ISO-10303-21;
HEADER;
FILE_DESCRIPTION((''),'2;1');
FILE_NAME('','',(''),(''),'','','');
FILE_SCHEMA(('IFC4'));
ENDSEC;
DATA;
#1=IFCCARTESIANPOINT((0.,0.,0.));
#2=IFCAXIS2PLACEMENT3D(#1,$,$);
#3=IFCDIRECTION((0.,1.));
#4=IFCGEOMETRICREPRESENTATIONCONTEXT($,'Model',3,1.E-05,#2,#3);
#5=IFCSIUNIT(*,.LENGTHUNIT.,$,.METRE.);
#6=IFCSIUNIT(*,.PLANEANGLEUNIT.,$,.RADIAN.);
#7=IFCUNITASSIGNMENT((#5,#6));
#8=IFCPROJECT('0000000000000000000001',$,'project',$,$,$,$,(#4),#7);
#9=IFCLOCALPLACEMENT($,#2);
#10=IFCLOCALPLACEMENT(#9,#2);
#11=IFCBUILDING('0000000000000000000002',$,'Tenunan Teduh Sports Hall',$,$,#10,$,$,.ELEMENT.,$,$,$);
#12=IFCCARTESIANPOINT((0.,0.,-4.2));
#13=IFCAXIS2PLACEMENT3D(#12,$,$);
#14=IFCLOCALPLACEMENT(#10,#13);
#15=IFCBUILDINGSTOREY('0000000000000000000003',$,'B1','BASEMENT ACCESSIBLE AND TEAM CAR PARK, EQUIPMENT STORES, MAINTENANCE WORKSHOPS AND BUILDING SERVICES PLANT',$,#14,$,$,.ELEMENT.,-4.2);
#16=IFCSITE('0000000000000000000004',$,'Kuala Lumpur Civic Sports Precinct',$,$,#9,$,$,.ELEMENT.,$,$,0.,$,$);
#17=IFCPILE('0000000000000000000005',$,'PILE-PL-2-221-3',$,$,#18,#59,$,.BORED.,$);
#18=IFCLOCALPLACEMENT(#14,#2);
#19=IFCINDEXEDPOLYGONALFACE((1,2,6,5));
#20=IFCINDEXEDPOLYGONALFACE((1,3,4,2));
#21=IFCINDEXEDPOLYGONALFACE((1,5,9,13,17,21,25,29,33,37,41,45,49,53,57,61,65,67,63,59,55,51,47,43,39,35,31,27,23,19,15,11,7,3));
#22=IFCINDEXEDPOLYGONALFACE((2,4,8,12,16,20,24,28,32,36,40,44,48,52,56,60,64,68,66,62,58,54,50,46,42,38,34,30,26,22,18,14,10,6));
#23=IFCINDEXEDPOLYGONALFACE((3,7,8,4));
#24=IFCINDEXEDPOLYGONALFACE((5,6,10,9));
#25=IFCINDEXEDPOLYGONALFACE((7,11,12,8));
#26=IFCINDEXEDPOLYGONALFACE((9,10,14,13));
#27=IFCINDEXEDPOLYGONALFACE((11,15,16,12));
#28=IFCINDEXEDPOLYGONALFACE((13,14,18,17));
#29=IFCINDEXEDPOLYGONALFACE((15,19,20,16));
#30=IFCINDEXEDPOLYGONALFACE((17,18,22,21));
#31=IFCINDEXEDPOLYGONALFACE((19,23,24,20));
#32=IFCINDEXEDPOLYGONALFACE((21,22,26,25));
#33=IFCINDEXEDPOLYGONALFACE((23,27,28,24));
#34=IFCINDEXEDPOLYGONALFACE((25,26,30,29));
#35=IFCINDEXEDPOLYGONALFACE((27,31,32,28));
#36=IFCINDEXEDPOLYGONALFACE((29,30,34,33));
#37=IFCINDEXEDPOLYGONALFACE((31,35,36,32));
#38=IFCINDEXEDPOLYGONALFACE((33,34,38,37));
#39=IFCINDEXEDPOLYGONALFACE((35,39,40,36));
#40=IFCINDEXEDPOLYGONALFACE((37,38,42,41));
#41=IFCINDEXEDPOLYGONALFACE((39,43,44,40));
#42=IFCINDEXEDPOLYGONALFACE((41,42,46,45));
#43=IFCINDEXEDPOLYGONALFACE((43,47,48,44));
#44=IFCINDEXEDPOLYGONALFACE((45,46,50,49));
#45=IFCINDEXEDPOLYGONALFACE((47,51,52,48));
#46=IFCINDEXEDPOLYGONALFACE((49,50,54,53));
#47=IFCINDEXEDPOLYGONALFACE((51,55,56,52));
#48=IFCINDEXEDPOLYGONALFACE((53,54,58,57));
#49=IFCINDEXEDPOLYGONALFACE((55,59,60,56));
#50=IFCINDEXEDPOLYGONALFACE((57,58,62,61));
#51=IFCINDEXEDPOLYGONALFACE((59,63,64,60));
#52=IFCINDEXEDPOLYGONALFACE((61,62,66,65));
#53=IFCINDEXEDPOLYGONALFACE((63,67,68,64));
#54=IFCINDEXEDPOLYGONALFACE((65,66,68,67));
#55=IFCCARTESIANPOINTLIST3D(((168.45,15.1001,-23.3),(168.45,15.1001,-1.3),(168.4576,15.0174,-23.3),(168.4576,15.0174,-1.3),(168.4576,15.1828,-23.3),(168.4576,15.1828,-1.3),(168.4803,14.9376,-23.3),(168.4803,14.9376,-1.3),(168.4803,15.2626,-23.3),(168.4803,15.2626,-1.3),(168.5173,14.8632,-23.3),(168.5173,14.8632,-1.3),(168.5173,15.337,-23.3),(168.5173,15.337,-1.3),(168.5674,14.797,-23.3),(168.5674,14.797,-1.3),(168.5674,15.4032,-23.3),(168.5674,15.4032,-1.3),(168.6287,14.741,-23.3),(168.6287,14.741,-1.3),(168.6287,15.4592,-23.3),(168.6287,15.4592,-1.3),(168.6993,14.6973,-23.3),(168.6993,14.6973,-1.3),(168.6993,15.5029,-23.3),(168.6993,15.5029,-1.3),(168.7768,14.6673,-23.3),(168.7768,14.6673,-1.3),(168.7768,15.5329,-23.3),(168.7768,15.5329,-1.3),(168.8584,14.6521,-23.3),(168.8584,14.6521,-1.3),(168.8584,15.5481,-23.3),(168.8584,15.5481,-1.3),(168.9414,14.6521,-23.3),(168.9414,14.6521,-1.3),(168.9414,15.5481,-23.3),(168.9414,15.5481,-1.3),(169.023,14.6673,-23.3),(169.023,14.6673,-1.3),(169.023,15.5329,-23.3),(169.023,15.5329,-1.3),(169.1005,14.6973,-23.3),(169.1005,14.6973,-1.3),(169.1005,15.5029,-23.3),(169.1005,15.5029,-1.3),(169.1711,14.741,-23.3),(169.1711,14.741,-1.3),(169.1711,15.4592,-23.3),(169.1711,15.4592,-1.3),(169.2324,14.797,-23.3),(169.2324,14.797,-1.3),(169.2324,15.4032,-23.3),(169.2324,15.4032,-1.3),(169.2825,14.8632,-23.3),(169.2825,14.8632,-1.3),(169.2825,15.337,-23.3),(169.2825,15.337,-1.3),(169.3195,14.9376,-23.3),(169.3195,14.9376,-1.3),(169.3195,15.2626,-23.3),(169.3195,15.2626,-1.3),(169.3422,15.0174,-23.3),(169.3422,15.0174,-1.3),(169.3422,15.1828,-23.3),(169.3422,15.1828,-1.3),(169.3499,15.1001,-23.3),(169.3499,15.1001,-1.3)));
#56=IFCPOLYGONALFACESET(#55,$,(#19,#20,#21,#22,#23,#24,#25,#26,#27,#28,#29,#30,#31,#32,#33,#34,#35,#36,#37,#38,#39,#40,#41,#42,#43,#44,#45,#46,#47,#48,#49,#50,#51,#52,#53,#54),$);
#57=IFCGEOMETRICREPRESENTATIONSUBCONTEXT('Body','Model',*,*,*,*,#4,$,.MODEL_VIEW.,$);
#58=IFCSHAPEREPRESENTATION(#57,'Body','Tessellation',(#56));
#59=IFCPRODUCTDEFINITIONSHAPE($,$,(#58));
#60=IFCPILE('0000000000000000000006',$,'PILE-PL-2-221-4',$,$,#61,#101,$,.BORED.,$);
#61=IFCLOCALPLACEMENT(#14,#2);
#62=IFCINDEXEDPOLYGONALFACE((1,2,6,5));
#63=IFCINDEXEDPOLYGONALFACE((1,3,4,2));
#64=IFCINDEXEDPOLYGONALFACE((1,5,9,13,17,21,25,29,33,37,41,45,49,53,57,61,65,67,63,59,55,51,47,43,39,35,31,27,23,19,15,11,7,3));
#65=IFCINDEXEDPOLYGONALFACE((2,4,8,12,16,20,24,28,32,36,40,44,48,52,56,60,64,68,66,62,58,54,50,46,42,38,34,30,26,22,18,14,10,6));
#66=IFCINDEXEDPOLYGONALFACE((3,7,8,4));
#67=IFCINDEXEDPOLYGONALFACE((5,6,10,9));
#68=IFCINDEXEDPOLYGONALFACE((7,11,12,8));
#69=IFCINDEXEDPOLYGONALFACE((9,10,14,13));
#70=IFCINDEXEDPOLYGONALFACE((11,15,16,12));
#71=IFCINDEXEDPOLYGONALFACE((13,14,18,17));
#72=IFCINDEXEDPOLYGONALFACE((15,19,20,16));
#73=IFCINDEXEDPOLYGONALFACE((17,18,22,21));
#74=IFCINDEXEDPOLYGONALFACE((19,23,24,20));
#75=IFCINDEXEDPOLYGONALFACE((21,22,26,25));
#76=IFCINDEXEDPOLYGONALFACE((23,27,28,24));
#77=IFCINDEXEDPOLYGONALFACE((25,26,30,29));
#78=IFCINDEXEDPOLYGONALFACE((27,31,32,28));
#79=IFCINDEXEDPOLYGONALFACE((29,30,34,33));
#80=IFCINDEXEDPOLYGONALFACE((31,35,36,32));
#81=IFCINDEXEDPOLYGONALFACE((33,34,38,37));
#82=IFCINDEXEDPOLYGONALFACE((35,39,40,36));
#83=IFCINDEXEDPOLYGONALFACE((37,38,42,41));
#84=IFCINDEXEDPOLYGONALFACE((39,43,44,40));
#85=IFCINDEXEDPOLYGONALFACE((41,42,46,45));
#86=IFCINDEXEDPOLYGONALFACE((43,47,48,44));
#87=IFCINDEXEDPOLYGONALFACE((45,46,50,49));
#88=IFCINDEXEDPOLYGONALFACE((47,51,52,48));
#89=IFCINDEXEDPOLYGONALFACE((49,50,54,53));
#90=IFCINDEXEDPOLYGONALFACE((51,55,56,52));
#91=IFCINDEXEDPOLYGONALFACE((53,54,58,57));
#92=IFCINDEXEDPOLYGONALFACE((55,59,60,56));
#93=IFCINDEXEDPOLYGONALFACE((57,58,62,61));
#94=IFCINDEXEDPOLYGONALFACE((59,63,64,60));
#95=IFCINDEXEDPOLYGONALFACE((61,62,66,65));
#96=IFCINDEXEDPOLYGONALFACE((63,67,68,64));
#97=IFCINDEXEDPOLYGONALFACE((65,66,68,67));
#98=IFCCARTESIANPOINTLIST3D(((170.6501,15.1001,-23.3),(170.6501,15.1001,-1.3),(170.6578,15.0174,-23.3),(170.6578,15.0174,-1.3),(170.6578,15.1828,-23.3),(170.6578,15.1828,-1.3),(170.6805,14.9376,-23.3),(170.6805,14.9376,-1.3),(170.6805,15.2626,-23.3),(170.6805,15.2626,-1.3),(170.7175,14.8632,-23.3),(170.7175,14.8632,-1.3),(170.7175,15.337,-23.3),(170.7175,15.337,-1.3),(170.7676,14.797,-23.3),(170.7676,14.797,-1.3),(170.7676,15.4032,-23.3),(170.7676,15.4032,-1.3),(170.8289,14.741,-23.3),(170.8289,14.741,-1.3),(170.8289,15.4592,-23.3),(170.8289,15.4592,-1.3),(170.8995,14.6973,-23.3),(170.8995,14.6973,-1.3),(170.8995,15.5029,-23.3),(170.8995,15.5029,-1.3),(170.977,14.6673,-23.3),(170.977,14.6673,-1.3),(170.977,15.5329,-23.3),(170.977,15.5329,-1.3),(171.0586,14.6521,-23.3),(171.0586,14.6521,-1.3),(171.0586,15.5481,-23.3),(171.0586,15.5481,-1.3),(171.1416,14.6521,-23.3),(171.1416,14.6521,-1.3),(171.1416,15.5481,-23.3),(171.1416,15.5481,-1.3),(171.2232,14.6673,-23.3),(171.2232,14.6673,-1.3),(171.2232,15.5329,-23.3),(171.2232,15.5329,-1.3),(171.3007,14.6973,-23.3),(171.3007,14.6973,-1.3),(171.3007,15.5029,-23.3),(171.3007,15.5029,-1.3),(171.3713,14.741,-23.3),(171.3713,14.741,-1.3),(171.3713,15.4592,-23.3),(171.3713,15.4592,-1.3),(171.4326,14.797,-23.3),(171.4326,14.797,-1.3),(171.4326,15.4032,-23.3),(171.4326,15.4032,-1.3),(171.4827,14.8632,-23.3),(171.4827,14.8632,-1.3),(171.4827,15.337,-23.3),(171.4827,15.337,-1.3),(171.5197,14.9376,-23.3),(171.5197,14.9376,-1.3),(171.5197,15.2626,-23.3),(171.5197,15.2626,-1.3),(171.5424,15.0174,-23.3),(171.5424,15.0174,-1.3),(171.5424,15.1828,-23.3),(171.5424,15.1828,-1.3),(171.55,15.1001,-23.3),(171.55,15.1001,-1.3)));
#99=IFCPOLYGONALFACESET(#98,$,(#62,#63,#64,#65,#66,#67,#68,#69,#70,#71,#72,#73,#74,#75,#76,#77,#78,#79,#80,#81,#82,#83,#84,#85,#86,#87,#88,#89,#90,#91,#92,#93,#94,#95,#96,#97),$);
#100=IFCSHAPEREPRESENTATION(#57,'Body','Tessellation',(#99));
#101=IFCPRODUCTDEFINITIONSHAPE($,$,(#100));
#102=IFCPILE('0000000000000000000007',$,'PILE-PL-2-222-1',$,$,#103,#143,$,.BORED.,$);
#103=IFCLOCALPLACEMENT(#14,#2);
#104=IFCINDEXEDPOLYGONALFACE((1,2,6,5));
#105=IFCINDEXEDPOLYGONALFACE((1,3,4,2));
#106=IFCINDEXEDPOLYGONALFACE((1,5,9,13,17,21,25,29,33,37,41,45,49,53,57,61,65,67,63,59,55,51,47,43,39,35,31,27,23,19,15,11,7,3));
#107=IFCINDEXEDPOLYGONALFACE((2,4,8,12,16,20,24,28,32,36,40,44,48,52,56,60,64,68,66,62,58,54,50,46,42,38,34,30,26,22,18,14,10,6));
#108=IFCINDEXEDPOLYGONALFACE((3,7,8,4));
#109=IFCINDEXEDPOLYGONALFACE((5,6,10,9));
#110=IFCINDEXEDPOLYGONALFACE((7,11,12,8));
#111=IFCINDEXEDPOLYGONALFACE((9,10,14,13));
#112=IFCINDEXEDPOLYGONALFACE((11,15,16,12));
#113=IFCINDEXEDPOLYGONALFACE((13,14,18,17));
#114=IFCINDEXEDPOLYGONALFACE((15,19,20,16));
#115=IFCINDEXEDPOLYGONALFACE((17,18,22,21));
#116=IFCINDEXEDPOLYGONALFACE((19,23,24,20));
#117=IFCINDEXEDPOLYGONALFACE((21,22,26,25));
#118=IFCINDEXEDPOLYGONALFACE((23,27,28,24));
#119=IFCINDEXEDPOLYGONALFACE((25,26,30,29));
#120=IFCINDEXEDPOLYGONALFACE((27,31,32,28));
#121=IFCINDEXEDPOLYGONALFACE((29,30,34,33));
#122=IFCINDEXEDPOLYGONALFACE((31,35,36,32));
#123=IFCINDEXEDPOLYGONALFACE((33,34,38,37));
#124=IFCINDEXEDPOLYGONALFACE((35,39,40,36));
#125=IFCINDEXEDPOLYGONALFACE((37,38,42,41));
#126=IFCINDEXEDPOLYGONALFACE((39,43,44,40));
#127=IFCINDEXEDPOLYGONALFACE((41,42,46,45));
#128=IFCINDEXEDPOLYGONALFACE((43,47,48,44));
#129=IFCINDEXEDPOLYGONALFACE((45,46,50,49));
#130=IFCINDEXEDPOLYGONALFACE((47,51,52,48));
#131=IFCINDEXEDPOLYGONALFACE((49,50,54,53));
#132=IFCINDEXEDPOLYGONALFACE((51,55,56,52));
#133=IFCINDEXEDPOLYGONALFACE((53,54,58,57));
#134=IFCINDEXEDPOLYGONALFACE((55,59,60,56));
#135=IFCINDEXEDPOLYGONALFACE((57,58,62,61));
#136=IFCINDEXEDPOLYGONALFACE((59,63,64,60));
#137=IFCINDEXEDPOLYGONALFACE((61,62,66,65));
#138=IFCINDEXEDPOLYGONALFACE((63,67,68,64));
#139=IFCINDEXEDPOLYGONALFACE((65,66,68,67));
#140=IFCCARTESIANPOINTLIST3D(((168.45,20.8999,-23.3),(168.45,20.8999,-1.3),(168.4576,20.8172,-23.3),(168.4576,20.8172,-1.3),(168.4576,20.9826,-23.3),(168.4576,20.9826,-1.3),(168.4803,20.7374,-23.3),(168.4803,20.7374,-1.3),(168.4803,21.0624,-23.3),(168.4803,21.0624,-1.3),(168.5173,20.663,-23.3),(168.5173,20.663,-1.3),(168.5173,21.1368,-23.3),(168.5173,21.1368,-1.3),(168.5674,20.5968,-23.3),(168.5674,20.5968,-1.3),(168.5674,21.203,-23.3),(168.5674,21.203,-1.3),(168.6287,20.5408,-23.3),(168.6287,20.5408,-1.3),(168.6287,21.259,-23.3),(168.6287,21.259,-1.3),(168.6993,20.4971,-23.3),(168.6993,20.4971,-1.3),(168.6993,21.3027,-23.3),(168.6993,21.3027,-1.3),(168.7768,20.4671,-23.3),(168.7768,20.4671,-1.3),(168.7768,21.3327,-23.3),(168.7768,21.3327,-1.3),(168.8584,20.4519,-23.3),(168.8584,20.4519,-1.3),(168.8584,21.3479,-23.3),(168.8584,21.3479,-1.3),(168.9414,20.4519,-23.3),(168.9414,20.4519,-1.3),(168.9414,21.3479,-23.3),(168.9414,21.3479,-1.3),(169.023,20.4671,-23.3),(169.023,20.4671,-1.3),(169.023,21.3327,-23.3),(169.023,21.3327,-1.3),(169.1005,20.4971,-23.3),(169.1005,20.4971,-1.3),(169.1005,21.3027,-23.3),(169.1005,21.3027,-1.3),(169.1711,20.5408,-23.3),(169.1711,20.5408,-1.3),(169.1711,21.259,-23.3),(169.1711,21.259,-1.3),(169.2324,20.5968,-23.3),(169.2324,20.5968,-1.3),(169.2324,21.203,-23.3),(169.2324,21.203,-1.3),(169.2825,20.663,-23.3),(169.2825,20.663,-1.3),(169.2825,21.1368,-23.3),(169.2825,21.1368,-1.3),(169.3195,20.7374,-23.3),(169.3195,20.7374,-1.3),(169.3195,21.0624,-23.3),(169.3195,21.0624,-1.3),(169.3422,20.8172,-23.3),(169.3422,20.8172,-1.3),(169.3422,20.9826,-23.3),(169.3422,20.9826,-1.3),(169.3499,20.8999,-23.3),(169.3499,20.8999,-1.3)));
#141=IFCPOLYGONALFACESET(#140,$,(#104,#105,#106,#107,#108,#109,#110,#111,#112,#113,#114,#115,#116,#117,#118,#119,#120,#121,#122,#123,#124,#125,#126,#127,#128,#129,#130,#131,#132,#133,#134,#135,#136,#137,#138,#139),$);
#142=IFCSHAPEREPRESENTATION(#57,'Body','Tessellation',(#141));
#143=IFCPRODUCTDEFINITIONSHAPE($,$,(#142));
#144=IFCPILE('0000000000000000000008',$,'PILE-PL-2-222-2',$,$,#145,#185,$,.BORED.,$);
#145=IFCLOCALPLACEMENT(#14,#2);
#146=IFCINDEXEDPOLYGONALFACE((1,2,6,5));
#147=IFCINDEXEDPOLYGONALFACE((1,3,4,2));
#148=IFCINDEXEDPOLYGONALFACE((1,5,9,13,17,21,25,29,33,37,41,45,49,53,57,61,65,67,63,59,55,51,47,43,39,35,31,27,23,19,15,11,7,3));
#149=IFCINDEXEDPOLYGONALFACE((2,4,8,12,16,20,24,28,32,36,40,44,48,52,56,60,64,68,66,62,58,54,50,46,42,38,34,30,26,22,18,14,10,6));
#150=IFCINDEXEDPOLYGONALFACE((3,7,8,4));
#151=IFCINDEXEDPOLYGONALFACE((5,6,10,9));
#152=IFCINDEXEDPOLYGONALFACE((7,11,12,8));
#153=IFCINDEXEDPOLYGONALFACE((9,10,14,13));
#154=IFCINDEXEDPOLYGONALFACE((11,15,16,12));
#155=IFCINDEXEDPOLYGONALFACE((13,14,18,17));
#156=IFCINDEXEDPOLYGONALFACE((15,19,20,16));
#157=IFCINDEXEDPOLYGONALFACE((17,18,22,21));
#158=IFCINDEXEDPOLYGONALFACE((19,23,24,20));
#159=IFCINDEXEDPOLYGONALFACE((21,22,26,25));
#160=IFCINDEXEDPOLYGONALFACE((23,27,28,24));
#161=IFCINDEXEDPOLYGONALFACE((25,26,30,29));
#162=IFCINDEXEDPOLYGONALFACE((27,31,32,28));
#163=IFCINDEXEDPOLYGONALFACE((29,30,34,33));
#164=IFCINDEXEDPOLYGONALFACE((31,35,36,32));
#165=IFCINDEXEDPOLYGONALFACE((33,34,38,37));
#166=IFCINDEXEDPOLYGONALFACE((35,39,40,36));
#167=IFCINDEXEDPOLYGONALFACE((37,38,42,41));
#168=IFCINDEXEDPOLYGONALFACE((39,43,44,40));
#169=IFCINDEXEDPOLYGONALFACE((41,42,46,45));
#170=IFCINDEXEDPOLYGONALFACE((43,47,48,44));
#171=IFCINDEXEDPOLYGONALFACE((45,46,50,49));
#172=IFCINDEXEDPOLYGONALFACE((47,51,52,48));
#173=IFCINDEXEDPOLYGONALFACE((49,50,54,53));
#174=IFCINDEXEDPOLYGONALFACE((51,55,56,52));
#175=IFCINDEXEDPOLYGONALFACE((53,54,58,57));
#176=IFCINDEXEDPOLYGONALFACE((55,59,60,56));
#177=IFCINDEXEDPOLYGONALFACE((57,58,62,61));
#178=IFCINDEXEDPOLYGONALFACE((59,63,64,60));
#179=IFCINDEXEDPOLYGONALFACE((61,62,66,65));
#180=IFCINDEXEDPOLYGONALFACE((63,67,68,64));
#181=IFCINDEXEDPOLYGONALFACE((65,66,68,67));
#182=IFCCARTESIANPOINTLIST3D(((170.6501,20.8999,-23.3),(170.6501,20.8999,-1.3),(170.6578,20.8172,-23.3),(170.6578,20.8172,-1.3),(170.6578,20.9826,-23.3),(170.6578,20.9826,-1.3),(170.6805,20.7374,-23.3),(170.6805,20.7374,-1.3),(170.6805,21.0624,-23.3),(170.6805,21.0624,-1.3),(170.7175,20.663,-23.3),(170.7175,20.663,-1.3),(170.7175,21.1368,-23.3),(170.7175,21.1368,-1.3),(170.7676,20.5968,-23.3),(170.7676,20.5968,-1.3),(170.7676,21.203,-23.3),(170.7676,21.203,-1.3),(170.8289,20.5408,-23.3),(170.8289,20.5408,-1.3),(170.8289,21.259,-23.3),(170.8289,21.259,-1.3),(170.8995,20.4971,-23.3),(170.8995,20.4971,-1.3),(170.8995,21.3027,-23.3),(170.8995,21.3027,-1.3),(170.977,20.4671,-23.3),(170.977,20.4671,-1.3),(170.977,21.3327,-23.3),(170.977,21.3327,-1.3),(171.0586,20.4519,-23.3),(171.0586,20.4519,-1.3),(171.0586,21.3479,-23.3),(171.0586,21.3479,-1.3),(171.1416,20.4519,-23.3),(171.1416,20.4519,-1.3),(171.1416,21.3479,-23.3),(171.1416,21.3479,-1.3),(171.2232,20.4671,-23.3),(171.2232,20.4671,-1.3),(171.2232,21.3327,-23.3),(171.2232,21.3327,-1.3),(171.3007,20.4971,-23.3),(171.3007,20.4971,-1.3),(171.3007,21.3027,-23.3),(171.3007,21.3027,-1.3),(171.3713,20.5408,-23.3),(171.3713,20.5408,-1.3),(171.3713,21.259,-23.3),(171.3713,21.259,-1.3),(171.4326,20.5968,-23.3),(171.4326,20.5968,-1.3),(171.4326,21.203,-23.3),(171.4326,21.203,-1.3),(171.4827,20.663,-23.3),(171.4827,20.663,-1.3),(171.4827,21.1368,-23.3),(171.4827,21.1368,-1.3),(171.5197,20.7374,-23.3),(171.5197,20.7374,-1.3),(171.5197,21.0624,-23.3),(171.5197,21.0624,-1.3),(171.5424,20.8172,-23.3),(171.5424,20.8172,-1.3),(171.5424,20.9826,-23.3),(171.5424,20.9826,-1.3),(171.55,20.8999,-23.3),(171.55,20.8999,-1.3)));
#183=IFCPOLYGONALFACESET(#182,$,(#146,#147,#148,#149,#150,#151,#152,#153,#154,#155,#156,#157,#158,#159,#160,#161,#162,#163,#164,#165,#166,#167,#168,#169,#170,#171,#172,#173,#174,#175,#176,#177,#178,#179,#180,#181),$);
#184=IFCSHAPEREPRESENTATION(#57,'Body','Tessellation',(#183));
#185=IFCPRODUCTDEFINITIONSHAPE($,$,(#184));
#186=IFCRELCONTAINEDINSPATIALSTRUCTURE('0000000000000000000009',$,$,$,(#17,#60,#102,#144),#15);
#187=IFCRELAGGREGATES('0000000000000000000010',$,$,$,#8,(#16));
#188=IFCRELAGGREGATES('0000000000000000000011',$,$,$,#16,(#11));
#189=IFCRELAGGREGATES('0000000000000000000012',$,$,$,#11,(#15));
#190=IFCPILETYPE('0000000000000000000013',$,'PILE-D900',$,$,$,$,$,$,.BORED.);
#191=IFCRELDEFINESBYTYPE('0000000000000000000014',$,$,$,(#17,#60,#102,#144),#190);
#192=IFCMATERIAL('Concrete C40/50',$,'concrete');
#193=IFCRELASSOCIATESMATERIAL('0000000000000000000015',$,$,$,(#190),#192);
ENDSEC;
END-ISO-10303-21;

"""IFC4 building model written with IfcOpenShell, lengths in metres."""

from ifc_helpers import new_model, si_unit, direction, frame, origin, origin_2d, place, context, subcontext, project, spatial, circle, extrude, material, material_profile, profile_set, type_object, element, save


model = new_model("IFC4")

# Units and contexts
model_context = context("Model", 3, precision=1e-05, world=origin(), true_north=direction((0.0, 1.0)))
body_context = subcontext(model_context, "Body", "Model", "MODEL_VIEW")
ifc_project = project(units=[si_unit("LENGTHUNIT", "METRE"), si_unit("PLANEANGLEUNIT", "RADIAN")], contexts=[model_context])

# Site, building, storey
site_placement = place(None, origin())
site = spatial("IfcSite", under=ifc_project, at=site_placement, Name="Kuala Lumpur Civic Sports Precinct", CompositionType="ELEMENT", RefElevation=0.0)
building_placement = place(site_placement, origin())
building = spatial("IfcBuilding", under=site, at=building_placement, Name="Tenunan Teduh Sports Hall", CompositionType="ELEMENT")
storey_placement = place(building_placement, frame((0.0, 0.0, -4.2)))
storey = spatial("IfcBuildingStorey", under=building, at=storey_placement, Name="B1", Description="BASEMENT ACCESSIBLE AND TEAM CAR PARK, EQUIPMENT STORES, MAINTENANCE WORKSHOPS AND BUILDING SERVICES PLANT", CompositionType="ELEMENT", Elevation=-4.2)

# Piles
ifc_material_1 = material(Name="Concrete C40/50", Category="concrete")
ifc_material_profile_1 = material_profile(ifc_material_1, circle(Radius=0.45, at=origin_2d()), Name="PILE D900")
ifc_profile_set_1 = profile_set([ifc_material_profile_1], Name="Concrete C40/50")
pile_type = type_object("IfcPileType", Name="PILE-D900", PredefinedType="BORED", material=ifc_profile_set_1)
for number, where, z_axis, x_axis, name in (
    (1, (168.8999, 15.1001, -1.3), (0.0, 0.0, -1.0), (1.0, 0.0, 0.0), "PILE-PL-2-221-3"),
    (2, (171.1001, 15.1001, -1.3), (0.0, 0.0, -1.0), (1.0, 0.0, 0.0), "PILE-PL-2-221-4"),
    (3, (168.8999, 20.8999, -1.3), (0.0, 0.0, -1.0), (1.0, 0.0, 0.0), "PILE-PL-2-222-1"),
    (4, (171.1001, 20.8999, -1.3), (0.0, 0.0, -1.0), (1.0, 0.0, 0.0), "PILE-PL-2-222-2"),
):
    element("IfcPile", number, at=place(storey_placement, frame(where, z_axis=z_axis, x_axis=x_axis)), inside=storey, type_object=pile_type, Name=name, PredefinedType="BORED", context=body_context, shape_type="SweptSolid", body=[
        extrude(circle(Radius=0.45, at=origin_2d()), origin(), (0.0, 0.0, 1.0), 22.0),
    ])

save(model, "model.ifc")
